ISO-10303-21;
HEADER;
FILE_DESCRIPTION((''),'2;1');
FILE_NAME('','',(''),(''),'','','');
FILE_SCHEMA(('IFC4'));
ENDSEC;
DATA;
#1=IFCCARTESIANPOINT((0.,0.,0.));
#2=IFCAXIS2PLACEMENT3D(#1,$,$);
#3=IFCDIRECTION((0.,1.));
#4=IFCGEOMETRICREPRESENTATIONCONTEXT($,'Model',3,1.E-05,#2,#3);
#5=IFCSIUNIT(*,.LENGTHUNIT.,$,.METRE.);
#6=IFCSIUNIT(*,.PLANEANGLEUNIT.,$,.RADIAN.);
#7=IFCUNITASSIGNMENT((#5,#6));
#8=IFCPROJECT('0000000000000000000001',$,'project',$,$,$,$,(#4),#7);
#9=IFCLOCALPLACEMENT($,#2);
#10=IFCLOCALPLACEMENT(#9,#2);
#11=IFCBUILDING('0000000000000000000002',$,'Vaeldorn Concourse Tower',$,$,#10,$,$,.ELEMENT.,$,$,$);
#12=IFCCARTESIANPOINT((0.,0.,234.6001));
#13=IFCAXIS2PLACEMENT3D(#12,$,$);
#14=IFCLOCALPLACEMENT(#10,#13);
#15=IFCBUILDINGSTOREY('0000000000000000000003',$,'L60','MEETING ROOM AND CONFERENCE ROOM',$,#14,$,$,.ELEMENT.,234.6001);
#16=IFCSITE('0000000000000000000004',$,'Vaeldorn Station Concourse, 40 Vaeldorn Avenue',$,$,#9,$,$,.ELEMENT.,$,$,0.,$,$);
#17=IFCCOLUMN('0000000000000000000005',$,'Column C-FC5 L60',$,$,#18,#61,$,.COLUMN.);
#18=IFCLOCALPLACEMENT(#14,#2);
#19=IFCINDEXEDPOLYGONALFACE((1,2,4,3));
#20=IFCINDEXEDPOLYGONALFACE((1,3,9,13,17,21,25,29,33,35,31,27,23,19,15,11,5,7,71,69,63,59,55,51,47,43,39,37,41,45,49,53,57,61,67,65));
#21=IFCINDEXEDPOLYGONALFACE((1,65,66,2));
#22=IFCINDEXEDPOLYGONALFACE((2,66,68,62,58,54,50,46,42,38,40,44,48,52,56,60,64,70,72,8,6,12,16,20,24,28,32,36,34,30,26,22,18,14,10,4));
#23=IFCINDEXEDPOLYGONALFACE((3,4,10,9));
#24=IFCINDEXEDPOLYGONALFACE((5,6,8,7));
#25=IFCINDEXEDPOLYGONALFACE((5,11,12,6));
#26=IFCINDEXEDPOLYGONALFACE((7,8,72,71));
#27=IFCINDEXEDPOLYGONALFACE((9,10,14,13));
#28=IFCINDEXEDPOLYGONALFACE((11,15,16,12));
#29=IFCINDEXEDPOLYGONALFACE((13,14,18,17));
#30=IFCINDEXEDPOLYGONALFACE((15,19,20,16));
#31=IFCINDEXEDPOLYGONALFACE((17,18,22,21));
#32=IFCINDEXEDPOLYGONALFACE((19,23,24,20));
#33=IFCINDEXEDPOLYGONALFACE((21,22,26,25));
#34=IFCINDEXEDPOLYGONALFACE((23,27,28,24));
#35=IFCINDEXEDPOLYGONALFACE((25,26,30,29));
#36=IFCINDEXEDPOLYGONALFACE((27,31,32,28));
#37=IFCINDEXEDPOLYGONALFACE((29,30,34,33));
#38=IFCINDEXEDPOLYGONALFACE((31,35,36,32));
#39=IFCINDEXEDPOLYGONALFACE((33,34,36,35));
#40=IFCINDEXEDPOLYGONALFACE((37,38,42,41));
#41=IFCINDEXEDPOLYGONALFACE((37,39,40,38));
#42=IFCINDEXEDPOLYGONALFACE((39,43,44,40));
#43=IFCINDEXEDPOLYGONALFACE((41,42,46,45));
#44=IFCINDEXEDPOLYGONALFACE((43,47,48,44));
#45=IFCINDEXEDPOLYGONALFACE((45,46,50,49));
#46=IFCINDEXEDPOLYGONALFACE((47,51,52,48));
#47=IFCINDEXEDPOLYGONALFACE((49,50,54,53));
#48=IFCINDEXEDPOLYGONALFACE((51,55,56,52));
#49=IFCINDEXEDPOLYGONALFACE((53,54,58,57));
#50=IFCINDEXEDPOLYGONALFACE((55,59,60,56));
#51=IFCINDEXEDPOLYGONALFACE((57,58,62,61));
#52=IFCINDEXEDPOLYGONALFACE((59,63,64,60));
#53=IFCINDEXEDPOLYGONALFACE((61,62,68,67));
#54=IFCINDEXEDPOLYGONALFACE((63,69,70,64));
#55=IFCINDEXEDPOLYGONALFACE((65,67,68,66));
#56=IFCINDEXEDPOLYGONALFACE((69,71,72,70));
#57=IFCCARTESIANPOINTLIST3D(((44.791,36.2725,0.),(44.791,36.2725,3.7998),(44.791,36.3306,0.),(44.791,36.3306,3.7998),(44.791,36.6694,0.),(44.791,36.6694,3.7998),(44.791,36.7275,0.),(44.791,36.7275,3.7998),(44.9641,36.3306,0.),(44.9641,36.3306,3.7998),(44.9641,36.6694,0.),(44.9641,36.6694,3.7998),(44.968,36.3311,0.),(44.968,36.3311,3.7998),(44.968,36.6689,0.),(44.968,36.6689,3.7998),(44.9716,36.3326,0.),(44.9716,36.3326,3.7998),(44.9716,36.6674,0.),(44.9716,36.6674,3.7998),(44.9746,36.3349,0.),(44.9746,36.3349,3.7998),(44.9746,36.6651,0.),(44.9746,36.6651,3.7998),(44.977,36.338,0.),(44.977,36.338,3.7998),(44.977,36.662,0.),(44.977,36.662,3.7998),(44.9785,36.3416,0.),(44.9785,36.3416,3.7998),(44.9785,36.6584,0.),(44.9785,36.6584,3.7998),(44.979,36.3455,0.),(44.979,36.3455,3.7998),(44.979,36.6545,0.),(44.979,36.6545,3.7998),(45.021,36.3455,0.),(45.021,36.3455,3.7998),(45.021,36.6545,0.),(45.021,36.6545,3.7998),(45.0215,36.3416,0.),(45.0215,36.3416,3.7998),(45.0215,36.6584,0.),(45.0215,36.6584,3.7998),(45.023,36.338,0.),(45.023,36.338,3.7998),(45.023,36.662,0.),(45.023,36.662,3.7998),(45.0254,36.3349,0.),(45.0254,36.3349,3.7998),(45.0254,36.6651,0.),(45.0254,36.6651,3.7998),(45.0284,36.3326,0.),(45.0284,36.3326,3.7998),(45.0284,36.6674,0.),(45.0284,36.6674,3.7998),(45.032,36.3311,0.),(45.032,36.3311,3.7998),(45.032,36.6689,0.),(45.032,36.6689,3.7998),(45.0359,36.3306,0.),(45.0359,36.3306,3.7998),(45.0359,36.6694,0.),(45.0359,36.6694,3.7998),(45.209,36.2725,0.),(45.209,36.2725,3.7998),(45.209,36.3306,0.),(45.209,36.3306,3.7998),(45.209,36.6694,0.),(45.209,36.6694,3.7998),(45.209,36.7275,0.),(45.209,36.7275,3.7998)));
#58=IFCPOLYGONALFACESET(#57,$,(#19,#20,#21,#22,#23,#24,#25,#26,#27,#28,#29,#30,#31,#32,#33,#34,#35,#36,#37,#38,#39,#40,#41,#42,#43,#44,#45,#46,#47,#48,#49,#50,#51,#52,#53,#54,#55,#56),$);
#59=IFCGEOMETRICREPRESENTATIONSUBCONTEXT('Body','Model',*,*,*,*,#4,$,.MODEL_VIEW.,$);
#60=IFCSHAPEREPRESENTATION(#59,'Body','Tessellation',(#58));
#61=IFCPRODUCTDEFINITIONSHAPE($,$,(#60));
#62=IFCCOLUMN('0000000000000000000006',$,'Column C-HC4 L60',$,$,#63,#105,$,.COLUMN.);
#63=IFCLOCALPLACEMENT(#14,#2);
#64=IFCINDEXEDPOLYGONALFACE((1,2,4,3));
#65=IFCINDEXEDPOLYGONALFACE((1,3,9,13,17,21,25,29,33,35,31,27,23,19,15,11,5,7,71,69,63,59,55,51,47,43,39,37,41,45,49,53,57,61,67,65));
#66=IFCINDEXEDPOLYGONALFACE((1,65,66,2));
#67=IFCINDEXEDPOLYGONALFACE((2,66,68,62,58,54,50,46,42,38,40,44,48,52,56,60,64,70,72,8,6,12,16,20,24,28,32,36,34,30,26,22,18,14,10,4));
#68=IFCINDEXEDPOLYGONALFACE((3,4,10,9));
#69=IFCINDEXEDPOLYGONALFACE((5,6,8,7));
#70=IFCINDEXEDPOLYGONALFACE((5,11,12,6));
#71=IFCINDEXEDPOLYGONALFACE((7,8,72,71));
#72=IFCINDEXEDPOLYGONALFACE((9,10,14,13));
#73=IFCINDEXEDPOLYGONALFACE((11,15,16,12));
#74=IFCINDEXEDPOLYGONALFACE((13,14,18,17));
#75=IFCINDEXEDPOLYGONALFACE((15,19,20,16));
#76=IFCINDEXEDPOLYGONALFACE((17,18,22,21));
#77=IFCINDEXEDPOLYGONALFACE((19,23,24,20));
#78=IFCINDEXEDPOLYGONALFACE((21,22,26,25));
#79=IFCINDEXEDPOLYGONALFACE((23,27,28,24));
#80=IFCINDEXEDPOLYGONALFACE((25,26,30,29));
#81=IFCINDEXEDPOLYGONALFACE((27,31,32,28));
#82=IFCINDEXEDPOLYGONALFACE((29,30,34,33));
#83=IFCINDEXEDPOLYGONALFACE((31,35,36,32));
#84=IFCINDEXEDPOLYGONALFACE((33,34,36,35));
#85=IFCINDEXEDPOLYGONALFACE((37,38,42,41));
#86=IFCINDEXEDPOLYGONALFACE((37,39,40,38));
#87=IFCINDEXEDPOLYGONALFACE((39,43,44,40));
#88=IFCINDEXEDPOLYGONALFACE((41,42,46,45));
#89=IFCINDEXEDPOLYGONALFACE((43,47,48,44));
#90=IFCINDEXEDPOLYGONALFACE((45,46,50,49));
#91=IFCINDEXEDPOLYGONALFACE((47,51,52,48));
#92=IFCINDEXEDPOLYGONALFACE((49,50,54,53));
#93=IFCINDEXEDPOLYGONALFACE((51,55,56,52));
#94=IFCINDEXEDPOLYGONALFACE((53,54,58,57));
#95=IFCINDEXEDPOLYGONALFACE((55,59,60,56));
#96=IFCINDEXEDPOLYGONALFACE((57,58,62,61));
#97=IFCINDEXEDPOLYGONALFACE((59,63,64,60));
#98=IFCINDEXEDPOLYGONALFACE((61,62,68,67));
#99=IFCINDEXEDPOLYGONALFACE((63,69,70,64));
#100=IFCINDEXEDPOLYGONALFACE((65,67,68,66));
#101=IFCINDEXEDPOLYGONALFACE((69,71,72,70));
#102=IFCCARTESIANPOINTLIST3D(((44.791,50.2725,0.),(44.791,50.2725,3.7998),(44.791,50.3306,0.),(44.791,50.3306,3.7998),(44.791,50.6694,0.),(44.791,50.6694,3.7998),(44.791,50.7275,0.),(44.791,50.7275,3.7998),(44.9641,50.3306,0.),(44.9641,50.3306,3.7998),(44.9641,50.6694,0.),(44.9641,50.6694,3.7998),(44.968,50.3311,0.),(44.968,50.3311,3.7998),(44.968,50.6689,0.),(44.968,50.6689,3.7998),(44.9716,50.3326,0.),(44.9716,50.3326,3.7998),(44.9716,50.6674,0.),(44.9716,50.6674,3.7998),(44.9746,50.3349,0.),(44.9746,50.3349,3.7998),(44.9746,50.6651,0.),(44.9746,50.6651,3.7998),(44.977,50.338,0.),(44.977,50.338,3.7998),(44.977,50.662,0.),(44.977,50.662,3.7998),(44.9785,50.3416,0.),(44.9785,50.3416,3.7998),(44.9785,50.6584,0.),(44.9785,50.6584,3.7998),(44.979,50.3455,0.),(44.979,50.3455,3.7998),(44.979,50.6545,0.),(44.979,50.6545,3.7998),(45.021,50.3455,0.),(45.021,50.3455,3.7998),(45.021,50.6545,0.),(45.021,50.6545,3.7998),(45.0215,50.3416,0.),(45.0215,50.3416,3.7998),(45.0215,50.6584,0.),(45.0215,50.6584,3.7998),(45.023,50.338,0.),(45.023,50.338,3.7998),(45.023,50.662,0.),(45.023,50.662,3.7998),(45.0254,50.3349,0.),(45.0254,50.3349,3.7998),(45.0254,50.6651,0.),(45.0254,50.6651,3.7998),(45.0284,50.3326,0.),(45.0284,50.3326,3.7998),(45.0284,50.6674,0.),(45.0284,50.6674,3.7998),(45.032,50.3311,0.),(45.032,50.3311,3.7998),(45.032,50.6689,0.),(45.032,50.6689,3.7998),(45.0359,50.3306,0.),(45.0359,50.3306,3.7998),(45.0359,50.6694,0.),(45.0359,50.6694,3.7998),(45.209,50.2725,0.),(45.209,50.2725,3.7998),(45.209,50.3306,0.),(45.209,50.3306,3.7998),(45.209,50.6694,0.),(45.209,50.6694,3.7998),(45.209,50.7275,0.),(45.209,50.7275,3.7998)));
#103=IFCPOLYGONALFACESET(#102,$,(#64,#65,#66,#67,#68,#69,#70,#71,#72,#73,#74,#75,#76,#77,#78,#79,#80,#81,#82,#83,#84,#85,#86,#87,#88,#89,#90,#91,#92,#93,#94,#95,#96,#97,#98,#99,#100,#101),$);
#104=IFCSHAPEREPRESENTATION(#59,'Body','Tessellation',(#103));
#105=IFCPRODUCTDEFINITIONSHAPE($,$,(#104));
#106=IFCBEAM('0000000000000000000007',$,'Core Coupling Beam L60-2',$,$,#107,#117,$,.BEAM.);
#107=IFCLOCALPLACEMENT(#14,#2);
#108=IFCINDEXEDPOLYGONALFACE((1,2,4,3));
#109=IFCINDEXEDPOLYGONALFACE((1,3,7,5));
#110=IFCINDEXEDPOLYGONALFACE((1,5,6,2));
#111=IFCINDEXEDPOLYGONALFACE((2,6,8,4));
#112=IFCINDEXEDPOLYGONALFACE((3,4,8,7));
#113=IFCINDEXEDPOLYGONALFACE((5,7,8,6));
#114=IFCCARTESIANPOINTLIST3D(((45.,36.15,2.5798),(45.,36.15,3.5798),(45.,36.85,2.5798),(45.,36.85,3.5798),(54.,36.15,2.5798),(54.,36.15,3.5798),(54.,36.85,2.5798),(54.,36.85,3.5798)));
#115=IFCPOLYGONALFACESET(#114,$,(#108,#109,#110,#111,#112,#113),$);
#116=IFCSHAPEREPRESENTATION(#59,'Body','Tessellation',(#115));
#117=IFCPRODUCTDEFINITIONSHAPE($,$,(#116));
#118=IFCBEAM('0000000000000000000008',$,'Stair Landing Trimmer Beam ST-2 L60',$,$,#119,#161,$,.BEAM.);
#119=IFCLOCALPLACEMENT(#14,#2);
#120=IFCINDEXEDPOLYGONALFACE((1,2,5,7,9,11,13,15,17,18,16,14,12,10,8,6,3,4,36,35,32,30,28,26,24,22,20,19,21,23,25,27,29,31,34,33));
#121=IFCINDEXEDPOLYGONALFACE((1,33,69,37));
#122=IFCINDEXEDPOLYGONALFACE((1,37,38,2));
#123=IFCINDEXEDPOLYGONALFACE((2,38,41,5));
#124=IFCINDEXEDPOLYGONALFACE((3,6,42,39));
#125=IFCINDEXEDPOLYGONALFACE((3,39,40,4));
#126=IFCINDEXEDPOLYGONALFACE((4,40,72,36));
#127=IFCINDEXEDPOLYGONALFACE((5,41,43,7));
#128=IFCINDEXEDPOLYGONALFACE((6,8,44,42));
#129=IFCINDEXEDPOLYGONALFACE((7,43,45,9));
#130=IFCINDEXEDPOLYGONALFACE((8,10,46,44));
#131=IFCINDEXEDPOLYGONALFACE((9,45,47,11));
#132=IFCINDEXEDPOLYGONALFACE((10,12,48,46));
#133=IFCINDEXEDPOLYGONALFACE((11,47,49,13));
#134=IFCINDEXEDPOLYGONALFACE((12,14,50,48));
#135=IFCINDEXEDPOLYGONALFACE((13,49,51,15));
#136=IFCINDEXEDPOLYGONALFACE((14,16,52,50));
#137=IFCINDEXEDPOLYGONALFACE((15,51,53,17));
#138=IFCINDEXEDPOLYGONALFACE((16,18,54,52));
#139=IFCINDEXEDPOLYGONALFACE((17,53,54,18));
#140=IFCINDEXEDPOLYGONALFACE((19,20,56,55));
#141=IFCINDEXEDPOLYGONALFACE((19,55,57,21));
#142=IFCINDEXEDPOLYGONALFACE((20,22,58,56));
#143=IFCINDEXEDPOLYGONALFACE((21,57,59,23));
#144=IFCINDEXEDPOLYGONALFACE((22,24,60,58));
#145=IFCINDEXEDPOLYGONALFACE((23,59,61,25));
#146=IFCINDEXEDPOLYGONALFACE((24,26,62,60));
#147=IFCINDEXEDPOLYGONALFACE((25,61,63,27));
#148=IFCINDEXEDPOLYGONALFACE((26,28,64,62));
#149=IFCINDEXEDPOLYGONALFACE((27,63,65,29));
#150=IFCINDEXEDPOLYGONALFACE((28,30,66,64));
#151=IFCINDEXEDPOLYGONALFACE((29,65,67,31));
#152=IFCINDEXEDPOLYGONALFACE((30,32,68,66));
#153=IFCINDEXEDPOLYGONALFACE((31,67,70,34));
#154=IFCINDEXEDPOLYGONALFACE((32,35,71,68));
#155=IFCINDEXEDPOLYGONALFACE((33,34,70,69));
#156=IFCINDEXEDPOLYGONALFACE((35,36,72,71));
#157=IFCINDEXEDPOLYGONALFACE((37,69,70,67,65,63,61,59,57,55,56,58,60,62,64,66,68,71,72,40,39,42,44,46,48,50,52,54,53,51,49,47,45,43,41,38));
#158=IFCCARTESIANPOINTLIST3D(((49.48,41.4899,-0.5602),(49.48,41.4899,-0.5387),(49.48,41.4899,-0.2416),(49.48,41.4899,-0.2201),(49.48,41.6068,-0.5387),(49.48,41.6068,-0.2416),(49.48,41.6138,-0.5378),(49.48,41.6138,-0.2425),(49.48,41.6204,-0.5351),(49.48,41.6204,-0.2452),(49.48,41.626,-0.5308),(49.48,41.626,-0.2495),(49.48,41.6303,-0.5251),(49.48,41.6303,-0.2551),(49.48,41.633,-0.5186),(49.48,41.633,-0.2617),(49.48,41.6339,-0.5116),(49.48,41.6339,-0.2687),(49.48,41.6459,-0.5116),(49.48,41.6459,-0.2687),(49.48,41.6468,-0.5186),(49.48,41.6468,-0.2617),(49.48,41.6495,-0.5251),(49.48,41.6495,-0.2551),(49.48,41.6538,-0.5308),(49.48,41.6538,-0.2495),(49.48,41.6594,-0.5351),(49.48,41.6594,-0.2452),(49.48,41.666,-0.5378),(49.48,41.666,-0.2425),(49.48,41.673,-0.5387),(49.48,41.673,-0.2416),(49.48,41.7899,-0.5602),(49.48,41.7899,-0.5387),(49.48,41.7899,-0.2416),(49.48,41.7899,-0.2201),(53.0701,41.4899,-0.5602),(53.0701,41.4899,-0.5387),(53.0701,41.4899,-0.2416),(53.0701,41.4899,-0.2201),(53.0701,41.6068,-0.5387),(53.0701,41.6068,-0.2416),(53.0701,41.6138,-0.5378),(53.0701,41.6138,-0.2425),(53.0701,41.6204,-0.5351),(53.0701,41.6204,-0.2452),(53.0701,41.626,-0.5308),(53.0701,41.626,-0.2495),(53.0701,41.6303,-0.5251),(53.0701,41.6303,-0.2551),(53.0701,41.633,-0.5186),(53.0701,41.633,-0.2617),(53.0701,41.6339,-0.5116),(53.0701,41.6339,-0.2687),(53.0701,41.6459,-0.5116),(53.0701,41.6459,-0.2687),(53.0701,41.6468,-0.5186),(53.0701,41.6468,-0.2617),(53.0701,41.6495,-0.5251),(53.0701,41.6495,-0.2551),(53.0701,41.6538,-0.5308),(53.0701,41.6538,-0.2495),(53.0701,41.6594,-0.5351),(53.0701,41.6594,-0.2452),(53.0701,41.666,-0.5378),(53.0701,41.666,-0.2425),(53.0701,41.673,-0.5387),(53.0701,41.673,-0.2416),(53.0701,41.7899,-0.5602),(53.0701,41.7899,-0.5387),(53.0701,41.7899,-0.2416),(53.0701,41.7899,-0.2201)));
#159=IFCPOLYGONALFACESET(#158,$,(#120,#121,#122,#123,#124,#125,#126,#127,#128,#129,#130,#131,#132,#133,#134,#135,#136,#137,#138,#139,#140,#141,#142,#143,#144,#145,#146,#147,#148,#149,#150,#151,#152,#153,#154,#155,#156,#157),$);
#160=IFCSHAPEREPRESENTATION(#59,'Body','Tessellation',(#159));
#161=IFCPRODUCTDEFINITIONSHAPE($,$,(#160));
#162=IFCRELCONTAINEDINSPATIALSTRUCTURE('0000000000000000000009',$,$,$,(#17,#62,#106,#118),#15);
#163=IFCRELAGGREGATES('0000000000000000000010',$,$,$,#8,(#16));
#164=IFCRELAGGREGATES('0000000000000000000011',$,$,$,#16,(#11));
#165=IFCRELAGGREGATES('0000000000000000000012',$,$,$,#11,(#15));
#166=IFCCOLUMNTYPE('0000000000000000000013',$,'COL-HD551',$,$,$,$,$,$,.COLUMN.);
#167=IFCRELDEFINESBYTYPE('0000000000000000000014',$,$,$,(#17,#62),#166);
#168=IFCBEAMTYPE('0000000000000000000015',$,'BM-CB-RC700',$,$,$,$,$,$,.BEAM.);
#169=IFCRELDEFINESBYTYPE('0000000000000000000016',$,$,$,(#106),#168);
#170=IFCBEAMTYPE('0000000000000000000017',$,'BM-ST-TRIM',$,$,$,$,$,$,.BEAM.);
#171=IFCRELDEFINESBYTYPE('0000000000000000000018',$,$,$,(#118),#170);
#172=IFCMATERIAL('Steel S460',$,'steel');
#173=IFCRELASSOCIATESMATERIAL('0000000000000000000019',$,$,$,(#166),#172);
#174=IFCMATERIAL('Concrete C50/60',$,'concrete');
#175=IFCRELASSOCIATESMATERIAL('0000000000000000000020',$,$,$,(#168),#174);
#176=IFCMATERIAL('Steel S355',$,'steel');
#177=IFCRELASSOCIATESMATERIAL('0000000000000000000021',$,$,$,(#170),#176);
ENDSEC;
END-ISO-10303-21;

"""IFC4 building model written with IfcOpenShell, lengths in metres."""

from ifc_helpers import new_model, si_unit, direction, frame, origin, origin_2d, place, context, subcontext, project, spatial, rectangle, i_section, extrude, source, transform, mapped, material, material_profile, profile_set, type_object, element, save


model = new_model("IFC4")

# Units and contexts
model_context = context("Model", 3, precision=1e-05, world=origin(), true_north=direction((0.0, 1.0)))
body_context = subcontext(model_context, "Body", "Model", "MODEL_VIEW")
ifc_project = project(units=[si_unit("LENGTHUNIT", "METRE"), si_unit("PLANEANGLEUNIT", "RADIAN")], contexts=[model_context])

# Site, building, storey
site_placement = place(None, origin())
site = spatial("IfcSite", under=ifc_project, at=site_placement, Name="Vaeldorn Station Concourse, 40 Vaeldorn Avenue", CompositionType="ELEMENT", RefElevation=0.0)
building_placement = place(site_placement, origin())
building = spatial("IfcBuilding", under=site, at=building_placement, Name="Vaeldorn Concourse Tower", CompositionType="ELEMENT")
storey_placement = place(building_placement, frame((0.0, 0.0, 234.6001)))
storey = spatial("IfcBuildingStorey", under=building, at=storey_placement, Name="L60", Description="MEETING ROOM AND CONFERENCE ROOM", CompositionType="ELEMENT", Elevation=234.6001)

# Columns
ifc_material_1 = material(Name="Steel S460", Category="steel")
ifc_material_profile_1 = material_profile(ifc_material_1, i_section(OverallWidth=0.418, OverallDepth=0.4551, WebThickness=0.042, FlangeThickness=0.0581, FilletRadius=0.0149, at=origin_2d()), Name="HD 400x551")
ifc_profile_set_1 = profile_set([ifc_material_profile_1], Name="Steel S460")
column_type = type_object("IfcColumnType", Name="COL-HD551", PredefinedType="COLUMN", material=ifc_profile_set_1)
shared_shape_1 = source(origin(), body_context, "Body", "SweptSolid", [
    extrude(i_section(OverallWidth=0.418, OverallDepth=0.4551, WebThickness=0.042, FlangeThickness=0.0581, FilletRadius=0.0149, at=origin_2d()), origin(), (0.0, 0.0, 1.0), 3.7998),
])
for number, where, z_axis, x_axis, name in (
    (1, (45.0, 36.5, 0.0), (0.0, 0.0, 1.0), (1.0, 0.0, 0.0), "Column C-FC5 L60"),
    (2, (45.0, 50.5, 0.0), (0.0, 0.0, 1.0), (1.0, 0.0, 0.0), "Column C-HC4 L60"),
):
    element("IfcColumn", number, at=place(storey_placement, frame(where, z_axis=z_axis, x_axis=x_axis)), inside=storey, type_object=column_type, Name=name, PredefinedType="COLUMN", context=body_context, shape_type="MappedRepresentation", body=[
        mapped(shared_shape_1, transform((0.0, 0.0, 0.0), scale=1.0)),
    ])

# Beams
ifc_material_2 = material(Name="Concrete C50/60", Category="concrete")
ifc_material_profile_2 = material_profile(ifc_material_2, rectangle(XDim=0.7, YDim=1.0, at=origin_2d()), Name="RC 700x1000")
ifc_profile_set_2 = profile_set([ifc_material_profile_2], Name="Concrete C50/60")
beam_type_1 = type_object("IfcBeamType", Name="BM-CB-RC700", PredefinedType="BEAM", material=ifc_profile_set_2)
shared_shape_2 = source(origin(), body_context, "Body", "SweptSolid", [
    extrude(rectangle(XDim=0.7, YDim=1.0, at=origin_2d()), origin(), (0.0, 0.0, 1.0), 9.0),
])
beam_1_placement = place(storey_placement, frame((45.0, 36.5, 3.0798), z_axis=(1.0, 0.0, 0.0), x_axis=(0.0, 1.0, 0.0)))
element("IfcBeam", 3, at=beam_1_placement, inside=storey, type_object=beam_type_1, Name="Core Coupling Beam L60-2", PredefinedType="BEAM", context=body_context, shape_type="MappedRepresentation", body=[
    mapped(shared_shape_2, transform((0.0, 0.0, 0.0), scale=1.0)),
])
ifc_material_3 = material(Name="Steel S355", Category="steel")
ifc_material_profile_3 = material_profile(ifc_material_3, i_section(OverallWidth=0.3, OverallDepth=0.3401, WebThickness=0.012, FlangeThickness=0.0215, FilletRadius=0.0271, at=origin_2d()), Name="HEB 340")
ifc_profile_set_3 = profile_set([ifc_material_profile_3], Name="Steel S355")
beam_type_2 = type_object("IfcBeamType", Name="BM-ST-TRIM", PredefinedType="BEAM", material=ifc_profile_set_3)
shared_shape_3 = source(origin(), body_context, "Body", "SweptSolid", [
    extrude(i_section(OverallWidth=0.3, OverallDepth=0.3401, WebThickness=0.012, FlangeThickness=0.0215, FilletRadius=0.0271, at=origin_2d()), origin(), (0.0, 0.0, 1.0), 3.5901),
])
beam_2_placement = place(storey_placement, frame((49.48, 41.6399, -0.3901), z_axis=(1.0, 0.0, 0.0), x_axis=(0.0, 1.0, 0.0)))
element("IfcBeam", 4, at=beam_2_placement, inside=storey, type_object=beam_type_2, Name="Stair Landing Trimmer Beam ST-2 L60", PredefinedType="BEAM", context=body_context, shape_type="MappedRepresentation", body=[
    mapped(shared_shape_3, transform((0.0, 0.0, 0.0), scale=1.0)),
])

save(model, "model.ifc")
